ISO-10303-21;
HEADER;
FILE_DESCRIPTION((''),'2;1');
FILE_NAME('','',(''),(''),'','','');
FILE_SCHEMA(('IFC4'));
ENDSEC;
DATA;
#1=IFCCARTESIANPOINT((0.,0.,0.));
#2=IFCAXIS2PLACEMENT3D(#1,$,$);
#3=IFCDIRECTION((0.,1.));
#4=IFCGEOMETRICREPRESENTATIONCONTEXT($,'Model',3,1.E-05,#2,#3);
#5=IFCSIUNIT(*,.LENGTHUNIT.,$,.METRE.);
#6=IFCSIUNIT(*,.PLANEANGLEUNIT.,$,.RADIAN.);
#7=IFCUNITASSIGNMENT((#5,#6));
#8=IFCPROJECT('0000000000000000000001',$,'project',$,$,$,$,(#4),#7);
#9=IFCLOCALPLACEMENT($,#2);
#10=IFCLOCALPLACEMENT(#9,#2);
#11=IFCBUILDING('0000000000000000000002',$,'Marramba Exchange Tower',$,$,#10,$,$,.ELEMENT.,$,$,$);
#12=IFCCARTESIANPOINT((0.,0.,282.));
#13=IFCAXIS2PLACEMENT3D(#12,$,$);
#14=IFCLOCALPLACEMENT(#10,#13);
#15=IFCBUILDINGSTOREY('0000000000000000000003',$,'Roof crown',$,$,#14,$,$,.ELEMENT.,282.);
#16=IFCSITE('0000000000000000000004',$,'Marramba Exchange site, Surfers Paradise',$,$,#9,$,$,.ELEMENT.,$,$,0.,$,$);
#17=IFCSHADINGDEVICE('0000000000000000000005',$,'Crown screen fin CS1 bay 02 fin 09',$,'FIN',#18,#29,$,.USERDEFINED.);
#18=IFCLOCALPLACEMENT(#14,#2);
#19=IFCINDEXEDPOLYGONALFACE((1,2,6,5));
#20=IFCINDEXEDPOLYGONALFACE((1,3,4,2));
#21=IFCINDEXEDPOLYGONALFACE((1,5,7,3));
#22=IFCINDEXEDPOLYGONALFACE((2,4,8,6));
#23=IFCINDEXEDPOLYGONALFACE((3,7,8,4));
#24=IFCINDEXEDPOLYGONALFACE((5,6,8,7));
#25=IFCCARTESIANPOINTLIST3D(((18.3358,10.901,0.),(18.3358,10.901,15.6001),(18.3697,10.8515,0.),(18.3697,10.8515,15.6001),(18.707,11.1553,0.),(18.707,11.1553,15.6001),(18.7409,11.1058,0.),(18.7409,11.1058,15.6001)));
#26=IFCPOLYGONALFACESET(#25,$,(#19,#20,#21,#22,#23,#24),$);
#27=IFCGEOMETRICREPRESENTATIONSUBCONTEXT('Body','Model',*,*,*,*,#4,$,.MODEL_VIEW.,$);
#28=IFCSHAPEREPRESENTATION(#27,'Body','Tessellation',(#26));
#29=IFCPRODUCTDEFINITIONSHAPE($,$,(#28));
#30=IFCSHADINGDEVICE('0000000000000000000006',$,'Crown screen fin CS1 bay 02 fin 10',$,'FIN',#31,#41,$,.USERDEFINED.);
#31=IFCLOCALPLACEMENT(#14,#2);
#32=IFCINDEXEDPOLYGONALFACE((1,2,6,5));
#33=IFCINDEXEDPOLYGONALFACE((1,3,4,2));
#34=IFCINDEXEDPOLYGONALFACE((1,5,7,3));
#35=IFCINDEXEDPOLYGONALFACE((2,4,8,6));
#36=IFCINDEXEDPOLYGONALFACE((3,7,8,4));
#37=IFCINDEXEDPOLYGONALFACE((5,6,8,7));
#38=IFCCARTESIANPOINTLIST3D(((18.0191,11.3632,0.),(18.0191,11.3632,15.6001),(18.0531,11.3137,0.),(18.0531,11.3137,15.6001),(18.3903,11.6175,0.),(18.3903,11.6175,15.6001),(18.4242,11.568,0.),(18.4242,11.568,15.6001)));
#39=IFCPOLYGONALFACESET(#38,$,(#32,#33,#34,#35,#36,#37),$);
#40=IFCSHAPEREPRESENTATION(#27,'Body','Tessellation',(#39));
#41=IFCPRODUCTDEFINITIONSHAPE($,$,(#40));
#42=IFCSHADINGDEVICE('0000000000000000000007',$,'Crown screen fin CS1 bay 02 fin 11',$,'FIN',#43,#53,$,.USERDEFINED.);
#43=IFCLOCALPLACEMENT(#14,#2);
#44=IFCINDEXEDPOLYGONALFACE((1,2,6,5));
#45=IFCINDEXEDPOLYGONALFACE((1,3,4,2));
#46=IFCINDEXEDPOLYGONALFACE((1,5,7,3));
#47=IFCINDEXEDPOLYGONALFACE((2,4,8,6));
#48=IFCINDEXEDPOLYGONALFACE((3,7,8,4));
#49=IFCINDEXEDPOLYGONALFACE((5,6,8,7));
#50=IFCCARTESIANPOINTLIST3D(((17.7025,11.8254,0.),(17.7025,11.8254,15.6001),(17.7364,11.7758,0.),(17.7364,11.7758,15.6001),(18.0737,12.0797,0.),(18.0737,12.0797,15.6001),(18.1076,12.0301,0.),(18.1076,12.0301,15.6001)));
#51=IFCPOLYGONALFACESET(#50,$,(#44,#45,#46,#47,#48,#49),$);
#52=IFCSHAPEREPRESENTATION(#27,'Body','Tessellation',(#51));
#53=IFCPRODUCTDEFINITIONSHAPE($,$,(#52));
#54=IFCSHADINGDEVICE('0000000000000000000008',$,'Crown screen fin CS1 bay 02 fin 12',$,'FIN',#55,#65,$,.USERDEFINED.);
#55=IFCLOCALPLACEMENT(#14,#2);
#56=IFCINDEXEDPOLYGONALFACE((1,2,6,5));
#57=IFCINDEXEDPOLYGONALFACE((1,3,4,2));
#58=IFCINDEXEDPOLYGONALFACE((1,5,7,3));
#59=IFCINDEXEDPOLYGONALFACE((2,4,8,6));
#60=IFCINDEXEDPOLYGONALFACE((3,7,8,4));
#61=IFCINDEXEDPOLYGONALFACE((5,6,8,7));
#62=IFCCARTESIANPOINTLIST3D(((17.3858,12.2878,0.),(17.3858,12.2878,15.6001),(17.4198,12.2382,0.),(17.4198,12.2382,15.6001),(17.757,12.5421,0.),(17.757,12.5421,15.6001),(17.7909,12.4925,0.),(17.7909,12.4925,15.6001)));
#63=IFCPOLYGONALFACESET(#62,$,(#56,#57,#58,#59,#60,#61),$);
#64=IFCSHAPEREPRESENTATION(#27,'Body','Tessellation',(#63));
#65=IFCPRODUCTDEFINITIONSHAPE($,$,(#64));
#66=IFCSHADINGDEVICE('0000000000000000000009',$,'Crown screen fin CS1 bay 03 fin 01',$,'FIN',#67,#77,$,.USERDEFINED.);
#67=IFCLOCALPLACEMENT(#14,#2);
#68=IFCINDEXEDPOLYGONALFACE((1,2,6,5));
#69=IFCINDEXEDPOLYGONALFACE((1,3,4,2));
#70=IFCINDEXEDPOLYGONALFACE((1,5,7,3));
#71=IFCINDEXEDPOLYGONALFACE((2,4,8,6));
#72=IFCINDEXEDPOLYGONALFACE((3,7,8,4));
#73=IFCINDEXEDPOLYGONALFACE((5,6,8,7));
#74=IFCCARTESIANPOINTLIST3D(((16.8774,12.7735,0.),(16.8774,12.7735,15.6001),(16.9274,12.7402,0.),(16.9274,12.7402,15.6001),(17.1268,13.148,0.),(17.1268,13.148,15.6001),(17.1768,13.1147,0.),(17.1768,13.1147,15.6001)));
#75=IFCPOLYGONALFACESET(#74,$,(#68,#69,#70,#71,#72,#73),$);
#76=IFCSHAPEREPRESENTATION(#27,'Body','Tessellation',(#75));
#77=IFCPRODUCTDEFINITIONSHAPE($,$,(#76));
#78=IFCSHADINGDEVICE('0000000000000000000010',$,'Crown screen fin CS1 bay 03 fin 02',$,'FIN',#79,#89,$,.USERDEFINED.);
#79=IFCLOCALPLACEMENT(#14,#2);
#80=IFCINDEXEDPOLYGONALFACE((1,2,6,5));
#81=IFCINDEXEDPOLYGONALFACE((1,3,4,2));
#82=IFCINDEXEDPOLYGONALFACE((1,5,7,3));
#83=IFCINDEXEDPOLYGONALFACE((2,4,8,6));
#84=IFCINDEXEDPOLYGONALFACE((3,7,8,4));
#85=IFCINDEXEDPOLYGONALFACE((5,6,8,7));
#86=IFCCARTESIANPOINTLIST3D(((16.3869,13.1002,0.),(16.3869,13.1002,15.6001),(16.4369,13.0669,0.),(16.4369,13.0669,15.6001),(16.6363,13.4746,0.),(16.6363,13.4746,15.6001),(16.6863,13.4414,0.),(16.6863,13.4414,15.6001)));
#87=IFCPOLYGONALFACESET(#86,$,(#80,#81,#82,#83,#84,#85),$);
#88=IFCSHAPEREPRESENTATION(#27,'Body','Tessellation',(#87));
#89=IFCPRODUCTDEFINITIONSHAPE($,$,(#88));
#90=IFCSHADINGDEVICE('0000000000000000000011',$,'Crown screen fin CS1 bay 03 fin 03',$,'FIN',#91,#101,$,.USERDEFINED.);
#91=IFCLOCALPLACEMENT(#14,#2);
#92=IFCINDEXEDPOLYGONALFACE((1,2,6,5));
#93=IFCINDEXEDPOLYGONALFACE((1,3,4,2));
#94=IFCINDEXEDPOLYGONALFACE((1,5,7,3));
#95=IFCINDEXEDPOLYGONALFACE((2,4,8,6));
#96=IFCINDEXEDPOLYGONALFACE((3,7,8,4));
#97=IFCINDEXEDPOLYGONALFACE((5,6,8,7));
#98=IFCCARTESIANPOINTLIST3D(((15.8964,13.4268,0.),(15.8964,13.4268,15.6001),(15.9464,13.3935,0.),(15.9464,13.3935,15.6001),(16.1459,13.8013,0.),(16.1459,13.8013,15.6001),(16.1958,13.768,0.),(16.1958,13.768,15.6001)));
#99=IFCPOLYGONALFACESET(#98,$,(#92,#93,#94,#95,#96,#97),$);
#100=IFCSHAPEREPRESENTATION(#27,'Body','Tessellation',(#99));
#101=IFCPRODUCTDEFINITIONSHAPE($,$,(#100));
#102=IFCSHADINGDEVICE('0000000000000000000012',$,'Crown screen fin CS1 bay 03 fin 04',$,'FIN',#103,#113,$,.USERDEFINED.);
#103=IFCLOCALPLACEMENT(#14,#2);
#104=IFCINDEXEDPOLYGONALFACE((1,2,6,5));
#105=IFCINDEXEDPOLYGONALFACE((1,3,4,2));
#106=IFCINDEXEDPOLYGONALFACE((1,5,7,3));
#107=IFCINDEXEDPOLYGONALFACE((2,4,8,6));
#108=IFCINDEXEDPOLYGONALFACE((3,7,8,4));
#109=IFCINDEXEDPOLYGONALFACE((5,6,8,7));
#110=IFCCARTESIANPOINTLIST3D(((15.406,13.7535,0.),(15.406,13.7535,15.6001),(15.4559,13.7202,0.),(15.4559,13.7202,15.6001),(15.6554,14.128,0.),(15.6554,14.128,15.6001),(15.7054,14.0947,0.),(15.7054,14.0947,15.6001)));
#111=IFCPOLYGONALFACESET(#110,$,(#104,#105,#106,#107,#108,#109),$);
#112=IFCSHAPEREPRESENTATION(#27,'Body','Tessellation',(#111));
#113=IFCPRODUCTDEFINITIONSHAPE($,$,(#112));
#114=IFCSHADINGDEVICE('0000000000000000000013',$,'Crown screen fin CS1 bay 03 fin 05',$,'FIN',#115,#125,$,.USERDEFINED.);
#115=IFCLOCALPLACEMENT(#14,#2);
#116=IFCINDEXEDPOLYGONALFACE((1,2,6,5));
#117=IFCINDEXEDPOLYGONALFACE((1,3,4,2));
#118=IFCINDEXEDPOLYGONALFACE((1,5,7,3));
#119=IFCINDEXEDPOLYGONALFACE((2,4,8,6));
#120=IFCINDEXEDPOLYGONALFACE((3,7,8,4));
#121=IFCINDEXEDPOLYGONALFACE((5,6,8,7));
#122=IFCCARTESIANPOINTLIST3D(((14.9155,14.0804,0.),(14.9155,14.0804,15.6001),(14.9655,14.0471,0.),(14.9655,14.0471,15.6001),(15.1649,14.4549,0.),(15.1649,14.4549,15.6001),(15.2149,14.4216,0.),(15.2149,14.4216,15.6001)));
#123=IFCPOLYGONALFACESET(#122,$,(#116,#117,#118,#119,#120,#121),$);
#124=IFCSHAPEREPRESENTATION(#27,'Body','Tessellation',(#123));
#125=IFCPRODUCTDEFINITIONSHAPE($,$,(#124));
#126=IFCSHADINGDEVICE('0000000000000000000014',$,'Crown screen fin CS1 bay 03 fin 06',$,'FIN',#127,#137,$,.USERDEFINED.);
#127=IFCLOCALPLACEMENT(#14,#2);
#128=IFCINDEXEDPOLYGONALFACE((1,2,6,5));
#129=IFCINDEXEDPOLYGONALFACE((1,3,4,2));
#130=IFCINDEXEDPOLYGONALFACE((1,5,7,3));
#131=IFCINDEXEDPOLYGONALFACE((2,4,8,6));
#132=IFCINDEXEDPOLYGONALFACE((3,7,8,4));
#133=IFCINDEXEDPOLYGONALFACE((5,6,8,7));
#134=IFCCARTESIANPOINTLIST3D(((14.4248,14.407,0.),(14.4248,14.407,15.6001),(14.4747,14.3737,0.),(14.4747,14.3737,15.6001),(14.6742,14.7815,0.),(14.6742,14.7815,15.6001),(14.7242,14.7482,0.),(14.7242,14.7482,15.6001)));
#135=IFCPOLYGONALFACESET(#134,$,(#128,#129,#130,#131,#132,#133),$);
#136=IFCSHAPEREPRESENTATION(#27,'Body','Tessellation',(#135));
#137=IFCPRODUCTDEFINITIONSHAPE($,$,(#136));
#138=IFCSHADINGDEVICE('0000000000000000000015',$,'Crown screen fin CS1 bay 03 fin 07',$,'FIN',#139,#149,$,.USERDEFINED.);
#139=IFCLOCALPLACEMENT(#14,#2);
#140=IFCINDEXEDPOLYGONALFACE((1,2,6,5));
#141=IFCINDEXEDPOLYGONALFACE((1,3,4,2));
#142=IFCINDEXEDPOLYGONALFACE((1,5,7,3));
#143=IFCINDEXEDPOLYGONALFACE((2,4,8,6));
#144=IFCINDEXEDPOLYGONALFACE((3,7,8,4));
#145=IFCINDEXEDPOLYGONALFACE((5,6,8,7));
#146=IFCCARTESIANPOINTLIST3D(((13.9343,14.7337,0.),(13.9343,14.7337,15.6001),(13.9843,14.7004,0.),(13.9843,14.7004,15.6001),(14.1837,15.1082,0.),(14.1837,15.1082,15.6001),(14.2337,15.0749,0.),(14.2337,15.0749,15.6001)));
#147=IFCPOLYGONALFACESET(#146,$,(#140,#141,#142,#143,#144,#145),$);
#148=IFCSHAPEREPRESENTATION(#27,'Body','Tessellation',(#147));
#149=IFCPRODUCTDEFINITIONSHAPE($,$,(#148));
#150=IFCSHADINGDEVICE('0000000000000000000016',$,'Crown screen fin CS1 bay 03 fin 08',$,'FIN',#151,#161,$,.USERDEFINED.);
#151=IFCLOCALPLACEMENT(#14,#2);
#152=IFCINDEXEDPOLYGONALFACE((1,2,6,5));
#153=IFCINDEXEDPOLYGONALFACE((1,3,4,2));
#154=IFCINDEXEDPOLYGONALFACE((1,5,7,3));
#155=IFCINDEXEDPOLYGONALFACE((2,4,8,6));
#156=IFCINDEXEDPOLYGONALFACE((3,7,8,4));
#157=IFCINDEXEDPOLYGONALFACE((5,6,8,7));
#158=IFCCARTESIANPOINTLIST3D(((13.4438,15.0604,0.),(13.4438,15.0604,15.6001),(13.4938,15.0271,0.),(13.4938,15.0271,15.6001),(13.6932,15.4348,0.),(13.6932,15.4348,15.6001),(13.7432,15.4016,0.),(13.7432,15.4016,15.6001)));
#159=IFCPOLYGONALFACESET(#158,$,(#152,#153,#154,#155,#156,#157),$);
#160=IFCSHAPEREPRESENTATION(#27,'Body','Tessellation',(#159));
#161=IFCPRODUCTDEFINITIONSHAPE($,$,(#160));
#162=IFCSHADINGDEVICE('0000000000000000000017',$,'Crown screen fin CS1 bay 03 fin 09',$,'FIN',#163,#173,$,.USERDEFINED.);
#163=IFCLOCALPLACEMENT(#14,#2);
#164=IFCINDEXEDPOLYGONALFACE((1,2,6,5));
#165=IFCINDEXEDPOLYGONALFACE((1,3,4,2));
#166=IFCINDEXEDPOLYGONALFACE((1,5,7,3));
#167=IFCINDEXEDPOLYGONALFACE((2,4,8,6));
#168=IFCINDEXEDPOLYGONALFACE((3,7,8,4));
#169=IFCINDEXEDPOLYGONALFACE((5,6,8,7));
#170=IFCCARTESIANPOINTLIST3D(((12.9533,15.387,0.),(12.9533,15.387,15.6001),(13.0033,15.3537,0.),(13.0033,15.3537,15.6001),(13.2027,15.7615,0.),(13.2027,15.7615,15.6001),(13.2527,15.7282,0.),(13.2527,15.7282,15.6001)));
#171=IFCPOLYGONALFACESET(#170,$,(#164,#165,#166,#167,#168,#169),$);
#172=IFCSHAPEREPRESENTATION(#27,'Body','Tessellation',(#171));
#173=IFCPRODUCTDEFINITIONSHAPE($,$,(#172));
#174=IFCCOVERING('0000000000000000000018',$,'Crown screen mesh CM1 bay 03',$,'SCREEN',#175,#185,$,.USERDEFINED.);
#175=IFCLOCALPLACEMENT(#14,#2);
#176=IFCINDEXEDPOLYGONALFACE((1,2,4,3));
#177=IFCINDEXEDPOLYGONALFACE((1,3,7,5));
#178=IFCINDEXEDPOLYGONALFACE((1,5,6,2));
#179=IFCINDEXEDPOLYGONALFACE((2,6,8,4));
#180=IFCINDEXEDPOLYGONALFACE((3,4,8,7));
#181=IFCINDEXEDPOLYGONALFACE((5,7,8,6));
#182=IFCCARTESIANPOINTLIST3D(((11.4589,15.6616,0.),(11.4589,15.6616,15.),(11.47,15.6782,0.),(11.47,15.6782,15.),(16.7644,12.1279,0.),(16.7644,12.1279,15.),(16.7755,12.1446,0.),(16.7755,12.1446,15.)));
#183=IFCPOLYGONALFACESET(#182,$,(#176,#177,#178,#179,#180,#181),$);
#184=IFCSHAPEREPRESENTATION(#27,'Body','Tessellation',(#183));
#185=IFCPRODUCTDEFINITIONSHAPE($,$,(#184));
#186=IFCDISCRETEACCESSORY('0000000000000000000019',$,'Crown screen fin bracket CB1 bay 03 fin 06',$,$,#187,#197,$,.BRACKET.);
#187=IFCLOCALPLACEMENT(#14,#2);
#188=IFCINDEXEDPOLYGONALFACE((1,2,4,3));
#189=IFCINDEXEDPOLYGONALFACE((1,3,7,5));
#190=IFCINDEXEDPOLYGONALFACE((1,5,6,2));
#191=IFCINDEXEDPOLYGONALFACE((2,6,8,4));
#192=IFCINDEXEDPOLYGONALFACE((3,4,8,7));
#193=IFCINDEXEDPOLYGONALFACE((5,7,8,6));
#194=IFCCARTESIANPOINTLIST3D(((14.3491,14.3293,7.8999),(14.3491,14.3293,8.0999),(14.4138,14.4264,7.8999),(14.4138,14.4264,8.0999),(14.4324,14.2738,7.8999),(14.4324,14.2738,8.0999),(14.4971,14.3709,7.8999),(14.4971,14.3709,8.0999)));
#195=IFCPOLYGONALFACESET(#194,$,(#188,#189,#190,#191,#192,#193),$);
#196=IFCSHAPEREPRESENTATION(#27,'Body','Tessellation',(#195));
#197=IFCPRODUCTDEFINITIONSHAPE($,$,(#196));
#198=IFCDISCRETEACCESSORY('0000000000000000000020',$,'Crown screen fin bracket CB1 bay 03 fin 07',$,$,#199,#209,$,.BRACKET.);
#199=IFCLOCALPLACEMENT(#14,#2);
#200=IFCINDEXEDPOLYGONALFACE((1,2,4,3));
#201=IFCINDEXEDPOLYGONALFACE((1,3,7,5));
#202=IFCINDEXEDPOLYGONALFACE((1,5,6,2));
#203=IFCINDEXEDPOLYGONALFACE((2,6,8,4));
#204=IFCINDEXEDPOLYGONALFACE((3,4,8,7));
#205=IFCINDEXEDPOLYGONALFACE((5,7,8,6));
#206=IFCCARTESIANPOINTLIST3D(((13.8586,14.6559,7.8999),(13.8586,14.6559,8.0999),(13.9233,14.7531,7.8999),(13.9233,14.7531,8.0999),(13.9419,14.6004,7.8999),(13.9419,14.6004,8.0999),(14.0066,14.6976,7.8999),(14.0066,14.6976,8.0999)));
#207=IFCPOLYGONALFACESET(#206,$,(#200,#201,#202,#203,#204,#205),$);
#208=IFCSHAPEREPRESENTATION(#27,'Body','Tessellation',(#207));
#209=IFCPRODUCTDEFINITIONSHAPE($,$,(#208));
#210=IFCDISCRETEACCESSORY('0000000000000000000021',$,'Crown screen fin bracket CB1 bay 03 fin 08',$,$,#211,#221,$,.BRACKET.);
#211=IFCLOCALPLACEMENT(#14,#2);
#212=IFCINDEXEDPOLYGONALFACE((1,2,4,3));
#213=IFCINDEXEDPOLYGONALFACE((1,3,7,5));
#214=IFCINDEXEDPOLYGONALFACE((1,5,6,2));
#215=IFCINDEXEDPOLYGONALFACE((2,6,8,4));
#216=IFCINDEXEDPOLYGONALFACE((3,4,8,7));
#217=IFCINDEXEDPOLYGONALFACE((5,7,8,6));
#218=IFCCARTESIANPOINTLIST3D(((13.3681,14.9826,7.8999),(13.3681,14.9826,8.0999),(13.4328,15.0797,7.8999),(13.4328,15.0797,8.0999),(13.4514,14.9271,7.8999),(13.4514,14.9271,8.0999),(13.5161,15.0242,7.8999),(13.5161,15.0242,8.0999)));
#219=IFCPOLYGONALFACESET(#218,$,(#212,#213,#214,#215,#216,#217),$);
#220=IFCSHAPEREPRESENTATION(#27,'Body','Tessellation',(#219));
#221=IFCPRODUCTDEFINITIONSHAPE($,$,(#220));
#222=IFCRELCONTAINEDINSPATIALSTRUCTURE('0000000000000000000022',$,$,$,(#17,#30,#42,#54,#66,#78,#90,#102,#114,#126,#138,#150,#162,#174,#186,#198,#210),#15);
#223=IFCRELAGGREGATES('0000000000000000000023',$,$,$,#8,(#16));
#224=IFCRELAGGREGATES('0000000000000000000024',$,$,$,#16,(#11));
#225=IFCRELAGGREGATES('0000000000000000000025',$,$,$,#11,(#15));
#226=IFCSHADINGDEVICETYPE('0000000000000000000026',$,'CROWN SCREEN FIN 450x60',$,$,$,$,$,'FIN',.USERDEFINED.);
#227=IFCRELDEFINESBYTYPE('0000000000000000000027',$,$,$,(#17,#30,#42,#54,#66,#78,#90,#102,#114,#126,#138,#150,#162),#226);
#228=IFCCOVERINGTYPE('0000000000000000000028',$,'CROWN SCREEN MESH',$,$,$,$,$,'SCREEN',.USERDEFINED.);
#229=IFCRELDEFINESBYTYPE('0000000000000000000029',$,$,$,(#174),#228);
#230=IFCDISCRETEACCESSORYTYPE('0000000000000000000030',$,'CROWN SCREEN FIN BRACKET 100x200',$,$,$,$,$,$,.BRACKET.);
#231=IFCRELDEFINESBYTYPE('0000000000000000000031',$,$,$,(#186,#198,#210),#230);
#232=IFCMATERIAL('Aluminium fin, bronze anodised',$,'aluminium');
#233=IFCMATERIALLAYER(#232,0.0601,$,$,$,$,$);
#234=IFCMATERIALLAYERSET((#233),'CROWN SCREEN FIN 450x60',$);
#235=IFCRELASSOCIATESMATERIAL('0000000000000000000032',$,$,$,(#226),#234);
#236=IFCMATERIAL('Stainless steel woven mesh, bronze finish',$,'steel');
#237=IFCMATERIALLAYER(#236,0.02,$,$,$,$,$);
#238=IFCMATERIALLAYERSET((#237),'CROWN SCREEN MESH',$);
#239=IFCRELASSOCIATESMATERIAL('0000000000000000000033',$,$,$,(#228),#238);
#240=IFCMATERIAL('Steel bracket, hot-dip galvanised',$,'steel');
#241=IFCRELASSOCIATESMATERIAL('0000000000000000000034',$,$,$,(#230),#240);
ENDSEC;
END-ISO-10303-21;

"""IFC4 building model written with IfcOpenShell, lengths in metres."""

from ifc_helpers import new_model, si_unit, direction, frame, origin, origin_2d, place, context, subcontext, project, spatial, rectangle, extrude, material, layer, layer_set, type_object, element, save


model = new_model("IFC4")

# Units and contexts
model_context = context("Model", 3, precision=1e-05, world=origin(), true_north=direction((0.0, 1.0)))
body_context = subcontext(model_context, "Body", "Model", "MODEL_VIEW")
ifc_project = project(units=[si_unit("LENGTHUNIT", "METRE"), si_unit("PLANEANGLEUNIT", "RADIAN")], contexts=[model_context])

# Site, building, storey
site_placement = place(None, origin())
site = spatial("IfcSite", under=ifc_project, at=site_placement, Name="Marramba Exchange site, Surfers Paradise", CompositionType="ELEMENT", RefElevation=0.0)
building_placement = place(site_placement, origin())
building = spatial("IfcBuilding", under=site, at=building_placement, Name="Marramba Exchange Tower", CompositionType="ELEMENT")
storey_placement = place(building_placement, frame((0.0, 0.0, 282.0)))
storey = spatial("IfcBuildingStorey", under=building, at=storey_placement, Name="Roof crown", CompositionType="ELEMENT", Elevation=282.0)

# Shading devices
ifc_material_1 = material(Name="Aluminium fin, bronze anodised", Category="aluminium")
ifc_layer_1 = layer(ifc_material_1, 0.0601)
ifc_layer_set_1 = layer_set([ifc_layer_1], Name="CROWN SCREEN FIN 450x60")
shading_device_type = type_object("IfcShadingDeviceType", Name="CROWN SCREEN FIN 450x60", ElementType="FIN", PredefinedType="USERDEFINED", material=ifc_layer_set_1)
for number, where, z_axis, x_axis, name in (
    (1, (18.5383, 11.0034, 0.0), (0.0, 0.0, 1.0), (0.82497, 0.565176, 0.0), "Crown screen fin CS1 bay 02 fin 09"),
    (2, (18.2217, 11.4656, 0.0), (0.0, 0.0, 1.0), (0.82497, 0.565176, 0.0), "Crown screen fin CS1 bay 02 fin 10"),
    (3, (17.905, 11.9277, 0.0), (0.0, 0.0, 1.0), (0.82497, 0.565176, 0.0), "Crown screen fin CS1 bay 02 fin 11"),
    (4, (17.5884, 12.3901, 0.0), (0.0, 0.0, 1.0), (0.82497, 0.565176, 0.0), "Crown screen fin CS1 bay 02 fin 12"),
    (5, (17.0271, 12.9441, 0.0), (0.0, 0.0, 1.0), (0.554342, 0.832289, 0.0), "Crown screen fin CS1 bay 03 fin 01"),
    (6, (16.5366, 13.2708, 0.0), (0.0, 0.0, 1.0), (0.554342, 0.832289, 0.0), "Crown screen fin CS1 bay 03 fin 02"),
    (7, (16.0461, 13.5974, 0.0), (0.0, 0.0, 1.0), (0.554342, 0.832289, 0.0), "Crown screen fin CS1 bay 03 fin 03"),
    (8, (15.5557, 13.9241, 0.0), (0.0, 0.0, 1.0), (0.554342, 0.832289, 0.0), "Crown screen fin CS1 bay 03 fin 04"),
    (9, (15.0652, 14.251, 0.0), (0.0, 0.0, 1.0), (0.554342, 0.832289, 0.0), "Crown screen fin CS1 bay 03 fin 05"),
    (10, (14.5745, 14.5776, 0.0), (0.0, 0.0, 1.0), (0.554342, 0.832289, 0.0), "Crown screen fin CS1 bay 03 fin 06"),
    (11, (14.084, 14.9043, 0.0), (0.0, 0.0, 1.0), (0.554342, 0.832289, 0.0), "Crown screen fin CS1 bay 03 fin 07"),
    (12, (13.5935, 15.231, 0.0), (0.0, 0.0, 1.0), (0.554342, 0.832289, 0.0), "Crown screen fin CS1 bay 03 fin 08"),
    (13, (13.103, 15.5576, 0.0), (0.0, 0.0, 1.0), (0.554342, 0.832289, 0.0), "Crown screen fin CS1 bay 03 fin 09"),
):
    element("IfcShadingDevice", number, at=place(storey_placement, frame(where, z_axis=z_axis, x_axis=x_axis)), inside=storey, type_object=shading_device_type, Name=name, ObjectType="FIN", PredefinedType="USERDEFINED", context=body_context, shape_type="SweptSolid", body=[
        extrude(rectangle(XDim=0.45, YDim=0.0601, at=origin_2d()), origin(), (0.0, 0.0, 1.0), 15.6001),
    ])

# Covering
ifc_material_2 = material(Name="Stainless steel woven mesh, bronze finish", Category="steel")
ifc_layer_2 = layer(ifc_material_2, 0.02)
ifc_layer_set_2 = layer_set([ifc_layer_2], Name="CROWN SCREEN MESH")
covering_type = type_object("IfcCoveringType", Name="CROWN SCREEN MESH", ElementType="SCREEN", PredefinedType="USERDEFINED", material=ifc_layer_set_2)
covering_placement = place(storey_placement, frame((14.1172, 13.9031, 0.0), z_axis=(0.0, 0.0, 1.0), x_axis=(-0.832289, 0.554342, 0.0)))
element("IfcCovering", 14, at=covering_placement, inside=storey, type_object=covering_type, Name="Crown screen mesh CM1 bay 03", ObjectType="SCREEN", PredefinedType="USERDEFINED", context=body_context, shape_type="SweptSolid", body=[
    extrude(rectangle(XDim=6.3745, YDim=0.02, at=origin_2d()), origin(), (0.0, 0.0, 1.0), 15.0),
])

# Discrete accessories
ifc_material_3 = material(Name="Steel bracket, hot-dip galvanised", Category="steel")
discrete_accessory_type = type_object("IfcDiscreteAccessoryType", Name="CROWN SCREEN FIN BRACKET 100x200", PredefinedType="BRACKET", material=ifc_material_3)
for number, where, z_axis, x_axis, name in (
    (15, (14.4231, 14.3501, 7.8999), (0.0, 0.0, 1.0), (-0.832289, 0.554342, 0.0), "Crown screen fin bracket CB1 bay 03 fin 06"),
    (16, (13.9326, 14.6768, 7.8999), (0.0, 0.0, 1.0), (-0.832289, 0.554342, 0.0), "Crown screen fin bracket CB1 bay 03 fin 07"),
    (17, (13.4421, 15.0034, 7.8999), (0.0, 0.0, 1.0), (-0.832289, 0.554342, 0.0), "Crown screen fin bracket CB1 bay 03 fin 08"),
):
    element("IfcDiscreteAccessory", number, at=place(storey_placement, frame(where, z_axis=z_axis, x_axis=x_axis)), inside=storey, type_object=discrete_accessory_type, Name=name, PredefinedType="BRACKET", context=body_context, shape_type="SweptSolid", body=[
        extrude(rectangle(XDim=0.1001, YDim=0.1167, at=origin_2d()), origin(), (0.0, 0.0, 1.0), 0.2),
    ])

save(model, "model.ifc")
